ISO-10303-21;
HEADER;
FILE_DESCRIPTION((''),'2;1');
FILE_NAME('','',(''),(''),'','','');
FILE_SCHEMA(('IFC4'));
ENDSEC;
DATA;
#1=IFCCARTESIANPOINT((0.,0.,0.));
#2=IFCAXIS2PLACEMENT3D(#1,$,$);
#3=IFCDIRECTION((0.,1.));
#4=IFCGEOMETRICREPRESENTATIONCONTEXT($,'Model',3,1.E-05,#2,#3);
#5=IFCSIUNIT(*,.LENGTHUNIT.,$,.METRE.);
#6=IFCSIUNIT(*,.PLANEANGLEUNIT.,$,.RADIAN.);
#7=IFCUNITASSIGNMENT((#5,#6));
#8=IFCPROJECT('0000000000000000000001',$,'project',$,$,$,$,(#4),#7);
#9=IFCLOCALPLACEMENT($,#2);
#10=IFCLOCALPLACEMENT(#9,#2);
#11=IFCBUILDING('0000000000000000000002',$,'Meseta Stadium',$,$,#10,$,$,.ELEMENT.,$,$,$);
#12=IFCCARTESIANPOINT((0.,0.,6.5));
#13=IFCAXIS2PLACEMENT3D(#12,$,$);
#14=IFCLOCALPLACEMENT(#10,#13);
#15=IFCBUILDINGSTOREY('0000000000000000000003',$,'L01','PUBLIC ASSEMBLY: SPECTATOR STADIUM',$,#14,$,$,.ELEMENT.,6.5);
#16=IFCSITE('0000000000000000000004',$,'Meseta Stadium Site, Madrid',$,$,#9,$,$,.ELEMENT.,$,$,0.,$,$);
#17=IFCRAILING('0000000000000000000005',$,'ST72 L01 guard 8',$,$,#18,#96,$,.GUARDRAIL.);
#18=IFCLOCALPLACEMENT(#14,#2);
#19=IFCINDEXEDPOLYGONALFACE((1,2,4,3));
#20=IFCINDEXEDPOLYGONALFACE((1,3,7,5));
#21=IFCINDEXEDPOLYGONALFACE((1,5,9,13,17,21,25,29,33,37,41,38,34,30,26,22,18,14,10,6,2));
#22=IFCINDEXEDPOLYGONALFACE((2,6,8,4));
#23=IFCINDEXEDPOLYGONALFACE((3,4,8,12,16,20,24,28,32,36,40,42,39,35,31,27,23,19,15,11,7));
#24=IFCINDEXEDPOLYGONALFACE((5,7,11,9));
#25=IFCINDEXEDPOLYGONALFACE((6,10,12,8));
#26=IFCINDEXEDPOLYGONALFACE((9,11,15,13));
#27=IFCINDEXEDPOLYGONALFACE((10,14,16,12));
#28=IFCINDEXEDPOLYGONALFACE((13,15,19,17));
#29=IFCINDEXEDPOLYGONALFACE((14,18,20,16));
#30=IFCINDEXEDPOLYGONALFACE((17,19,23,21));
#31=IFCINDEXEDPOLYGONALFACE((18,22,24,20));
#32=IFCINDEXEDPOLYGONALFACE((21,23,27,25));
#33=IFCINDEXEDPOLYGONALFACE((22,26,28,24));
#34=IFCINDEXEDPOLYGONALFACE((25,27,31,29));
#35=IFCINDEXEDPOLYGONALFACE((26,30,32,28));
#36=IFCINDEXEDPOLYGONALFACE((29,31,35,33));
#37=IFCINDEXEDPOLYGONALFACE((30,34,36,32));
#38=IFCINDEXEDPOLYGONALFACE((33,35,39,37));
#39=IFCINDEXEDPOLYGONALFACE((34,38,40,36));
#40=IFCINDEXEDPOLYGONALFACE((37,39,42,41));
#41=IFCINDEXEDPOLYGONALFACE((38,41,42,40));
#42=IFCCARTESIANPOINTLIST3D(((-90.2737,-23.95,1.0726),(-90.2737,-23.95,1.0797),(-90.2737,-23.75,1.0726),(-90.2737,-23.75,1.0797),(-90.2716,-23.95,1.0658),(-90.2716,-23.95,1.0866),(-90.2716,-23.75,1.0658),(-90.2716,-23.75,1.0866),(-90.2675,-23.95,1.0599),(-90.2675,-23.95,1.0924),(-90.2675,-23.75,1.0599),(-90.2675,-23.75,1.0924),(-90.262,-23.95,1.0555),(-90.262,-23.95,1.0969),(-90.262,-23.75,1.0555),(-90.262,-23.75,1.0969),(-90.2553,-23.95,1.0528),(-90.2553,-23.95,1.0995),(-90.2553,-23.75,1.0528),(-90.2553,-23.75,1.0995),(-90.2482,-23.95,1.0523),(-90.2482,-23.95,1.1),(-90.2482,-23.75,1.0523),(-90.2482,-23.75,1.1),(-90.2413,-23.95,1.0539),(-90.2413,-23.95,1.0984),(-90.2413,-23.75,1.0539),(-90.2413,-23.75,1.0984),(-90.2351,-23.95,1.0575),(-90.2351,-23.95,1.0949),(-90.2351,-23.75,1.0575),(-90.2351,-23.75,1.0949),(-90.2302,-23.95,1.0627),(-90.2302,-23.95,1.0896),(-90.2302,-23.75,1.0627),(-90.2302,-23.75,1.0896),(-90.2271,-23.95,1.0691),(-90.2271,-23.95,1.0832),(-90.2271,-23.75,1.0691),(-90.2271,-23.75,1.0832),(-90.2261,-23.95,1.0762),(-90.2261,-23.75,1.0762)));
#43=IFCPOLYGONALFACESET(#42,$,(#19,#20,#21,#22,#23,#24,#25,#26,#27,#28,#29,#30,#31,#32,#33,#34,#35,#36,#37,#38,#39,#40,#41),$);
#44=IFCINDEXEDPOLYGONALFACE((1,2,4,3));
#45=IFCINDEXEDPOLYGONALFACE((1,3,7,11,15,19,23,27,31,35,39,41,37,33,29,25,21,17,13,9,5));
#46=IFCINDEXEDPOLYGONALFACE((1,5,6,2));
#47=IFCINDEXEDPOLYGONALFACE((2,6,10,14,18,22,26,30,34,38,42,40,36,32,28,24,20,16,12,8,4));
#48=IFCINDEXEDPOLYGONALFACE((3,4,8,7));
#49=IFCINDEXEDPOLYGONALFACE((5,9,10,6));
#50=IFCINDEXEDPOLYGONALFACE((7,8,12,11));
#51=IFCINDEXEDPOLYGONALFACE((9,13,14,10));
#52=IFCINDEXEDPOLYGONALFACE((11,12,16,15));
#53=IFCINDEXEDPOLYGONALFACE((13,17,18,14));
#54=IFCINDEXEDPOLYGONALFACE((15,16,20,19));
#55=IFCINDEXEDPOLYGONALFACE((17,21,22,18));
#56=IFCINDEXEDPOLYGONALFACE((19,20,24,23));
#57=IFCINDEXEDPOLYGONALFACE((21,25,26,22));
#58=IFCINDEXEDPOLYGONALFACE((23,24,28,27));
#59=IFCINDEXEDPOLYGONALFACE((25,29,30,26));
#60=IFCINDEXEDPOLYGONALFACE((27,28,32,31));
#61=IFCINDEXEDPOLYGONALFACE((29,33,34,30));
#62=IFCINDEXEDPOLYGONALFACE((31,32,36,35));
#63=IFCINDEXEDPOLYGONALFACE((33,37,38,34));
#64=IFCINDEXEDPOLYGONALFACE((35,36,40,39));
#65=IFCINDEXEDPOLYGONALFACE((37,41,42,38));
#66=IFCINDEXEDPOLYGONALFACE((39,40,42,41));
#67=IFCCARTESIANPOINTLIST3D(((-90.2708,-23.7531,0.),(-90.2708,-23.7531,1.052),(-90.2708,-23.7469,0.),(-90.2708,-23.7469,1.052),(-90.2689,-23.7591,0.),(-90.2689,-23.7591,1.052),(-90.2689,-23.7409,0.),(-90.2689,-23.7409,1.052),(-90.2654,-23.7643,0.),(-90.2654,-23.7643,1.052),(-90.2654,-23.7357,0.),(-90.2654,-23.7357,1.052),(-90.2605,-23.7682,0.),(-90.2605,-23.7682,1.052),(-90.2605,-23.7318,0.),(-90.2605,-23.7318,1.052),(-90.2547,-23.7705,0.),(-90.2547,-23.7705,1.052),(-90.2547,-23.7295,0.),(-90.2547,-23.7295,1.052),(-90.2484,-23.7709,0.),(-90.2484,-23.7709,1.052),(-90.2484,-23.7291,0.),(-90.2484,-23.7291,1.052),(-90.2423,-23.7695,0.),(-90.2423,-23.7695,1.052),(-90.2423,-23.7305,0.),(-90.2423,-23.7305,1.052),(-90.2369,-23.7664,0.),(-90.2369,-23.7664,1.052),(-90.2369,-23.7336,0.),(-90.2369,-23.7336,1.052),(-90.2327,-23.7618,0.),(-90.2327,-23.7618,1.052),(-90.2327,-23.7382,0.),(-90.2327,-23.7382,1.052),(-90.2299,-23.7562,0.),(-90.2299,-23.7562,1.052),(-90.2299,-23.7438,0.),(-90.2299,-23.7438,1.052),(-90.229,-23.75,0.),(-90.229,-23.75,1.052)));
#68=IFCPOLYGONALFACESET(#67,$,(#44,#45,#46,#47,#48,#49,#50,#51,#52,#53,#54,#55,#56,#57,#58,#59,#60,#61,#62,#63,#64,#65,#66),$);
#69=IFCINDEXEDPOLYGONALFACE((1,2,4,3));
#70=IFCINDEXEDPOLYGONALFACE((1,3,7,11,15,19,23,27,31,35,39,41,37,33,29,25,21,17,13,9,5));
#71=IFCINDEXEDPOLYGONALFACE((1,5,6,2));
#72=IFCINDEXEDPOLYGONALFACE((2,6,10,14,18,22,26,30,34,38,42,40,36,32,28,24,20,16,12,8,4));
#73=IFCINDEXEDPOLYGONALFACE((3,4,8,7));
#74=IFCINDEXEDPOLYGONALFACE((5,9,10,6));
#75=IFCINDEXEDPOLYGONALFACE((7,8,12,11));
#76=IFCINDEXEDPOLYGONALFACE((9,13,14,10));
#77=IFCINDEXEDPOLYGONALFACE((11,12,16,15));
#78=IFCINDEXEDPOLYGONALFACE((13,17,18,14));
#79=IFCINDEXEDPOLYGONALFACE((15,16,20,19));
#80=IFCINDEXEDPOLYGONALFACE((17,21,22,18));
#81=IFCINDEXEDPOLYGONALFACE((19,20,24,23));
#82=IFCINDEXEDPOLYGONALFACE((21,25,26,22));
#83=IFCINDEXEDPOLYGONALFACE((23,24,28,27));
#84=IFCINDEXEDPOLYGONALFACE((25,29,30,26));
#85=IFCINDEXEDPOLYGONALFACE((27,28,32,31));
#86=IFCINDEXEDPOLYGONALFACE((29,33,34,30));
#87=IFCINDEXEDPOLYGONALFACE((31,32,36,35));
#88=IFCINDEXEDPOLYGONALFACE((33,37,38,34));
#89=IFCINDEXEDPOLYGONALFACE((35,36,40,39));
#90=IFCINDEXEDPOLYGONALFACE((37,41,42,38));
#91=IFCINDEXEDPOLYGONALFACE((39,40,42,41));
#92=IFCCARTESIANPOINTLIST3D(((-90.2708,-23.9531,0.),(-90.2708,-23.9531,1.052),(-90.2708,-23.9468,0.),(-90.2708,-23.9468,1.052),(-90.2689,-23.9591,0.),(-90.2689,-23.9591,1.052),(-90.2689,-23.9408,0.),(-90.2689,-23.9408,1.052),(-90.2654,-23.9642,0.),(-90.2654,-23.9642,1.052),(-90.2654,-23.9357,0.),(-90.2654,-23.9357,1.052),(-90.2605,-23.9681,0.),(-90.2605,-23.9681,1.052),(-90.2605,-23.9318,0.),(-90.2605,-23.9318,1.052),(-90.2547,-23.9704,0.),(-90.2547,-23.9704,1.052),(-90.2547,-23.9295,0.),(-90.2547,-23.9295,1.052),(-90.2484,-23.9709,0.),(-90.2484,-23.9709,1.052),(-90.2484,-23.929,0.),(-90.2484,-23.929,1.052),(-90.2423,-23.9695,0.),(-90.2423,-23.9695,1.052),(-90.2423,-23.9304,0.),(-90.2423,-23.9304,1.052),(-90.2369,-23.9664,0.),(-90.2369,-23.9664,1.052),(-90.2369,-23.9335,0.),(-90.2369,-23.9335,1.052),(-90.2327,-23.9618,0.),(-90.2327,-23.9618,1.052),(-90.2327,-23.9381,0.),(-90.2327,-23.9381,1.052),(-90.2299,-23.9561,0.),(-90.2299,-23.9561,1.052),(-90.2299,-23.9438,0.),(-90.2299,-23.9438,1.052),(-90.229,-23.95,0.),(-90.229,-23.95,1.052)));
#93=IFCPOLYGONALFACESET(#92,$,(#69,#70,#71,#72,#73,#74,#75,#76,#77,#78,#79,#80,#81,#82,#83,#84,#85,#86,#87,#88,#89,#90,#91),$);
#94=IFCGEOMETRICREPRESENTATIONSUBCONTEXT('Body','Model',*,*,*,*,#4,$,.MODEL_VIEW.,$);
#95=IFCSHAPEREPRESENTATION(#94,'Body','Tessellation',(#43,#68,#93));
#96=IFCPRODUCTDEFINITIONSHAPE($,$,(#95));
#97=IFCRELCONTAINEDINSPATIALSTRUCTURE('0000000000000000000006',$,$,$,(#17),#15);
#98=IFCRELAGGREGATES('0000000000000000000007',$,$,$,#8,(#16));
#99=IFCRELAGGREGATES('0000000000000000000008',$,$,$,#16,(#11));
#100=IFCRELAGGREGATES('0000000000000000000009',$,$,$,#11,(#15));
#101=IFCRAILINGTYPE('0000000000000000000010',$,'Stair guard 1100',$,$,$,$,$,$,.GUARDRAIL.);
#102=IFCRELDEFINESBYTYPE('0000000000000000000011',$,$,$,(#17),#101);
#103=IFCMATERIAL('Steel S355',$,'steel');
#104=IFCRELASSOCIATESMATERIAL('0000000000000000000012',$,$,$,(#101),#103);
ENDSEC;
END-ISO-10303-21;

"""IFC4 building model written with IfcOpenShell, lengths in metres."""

from ifc_helpers import new_model, si_unit, direction, frame, origin, origin_2d, place, context, subcontext, project, spatial, circle, extrude, material, type_object, element, save


model = new_model("IFC4")

# Units and contexts
model_context = context("Model", 3, precision=1e-05, world=origin(), true_north=direction((0.0, 1.0)))
body_context = subcontext(model_context, "Body", "Model", "MODEL_VIEW")
ifc_project = project(units=[si_unit("LENGTHUNIT", "METRE"), si_unit("PLANEANGLEUNIT", "RADIAN")], contexts=[model_context])

# Site, building, storey
site_placement = place(None, origin())
site = spatial("IfcSite", under=ifc_project, at=site_placement, Name="Meseta Stadium Site, Madrid", CompositionType="ELEMENT", RefElevation=0.0)
building_placement = place(site_placement, origin())
building = spatial("IfcBuilding", under=site, at=building_placement, Name="Meseta Stadium", CompositionType="ELEMENT")
storey_placement = place(building_placement, frame((0.0, 0.0, 6.5)))
storey = spatial("IfcBuildingStorey", under=building, at=storey_placement, Name="L01", Description="PUBLIC ASSEMBLY: SPECTATOR STADIUM", CompositionType="ELEMENT", Elevation=6.5)

# Railing
ifc_material_1 = material(Name="Steel S355", Category="steel")
railing_type_1 = type_object("IfcRailingType", Name="Stair guard 1100", PredefinedType="GUARDRAIL", material=ifc_material_1)
for number, where, name in (
    (1, (-90.25, -23.75, 0.0), "ST72 L01 guard 8"),
):
    element("IfcRailing", number, at=place(storey_placement, frame(where)), inside=storey, type_object=railing_type_1, Name=name, PredefinedType="GUARDRAIL", context=body_context, shape_type="SweptSolid", body=[
        extrude(circle(Radius=0.0239, at=origin_2d()), frame((0.0, 0.0, 1.0762), z_axis=(0.0, -1.0, 0.0), x_axis=(1.0, 0.0, 0.0)), (0.0, 0.0, 1.0), 0.2),
        extrude(circle(Radius=0.021, at=origin_2d()), origin(), (0.0, 0.0, 1.0), 1.052),
        extrude(circle(Radius=0.021, at=origin_2d()), frame((0.0, -0.2, 0.0)), (0.0, 0.0, 1.0), 1.052),
    ])

save(model, "model.ifc")
